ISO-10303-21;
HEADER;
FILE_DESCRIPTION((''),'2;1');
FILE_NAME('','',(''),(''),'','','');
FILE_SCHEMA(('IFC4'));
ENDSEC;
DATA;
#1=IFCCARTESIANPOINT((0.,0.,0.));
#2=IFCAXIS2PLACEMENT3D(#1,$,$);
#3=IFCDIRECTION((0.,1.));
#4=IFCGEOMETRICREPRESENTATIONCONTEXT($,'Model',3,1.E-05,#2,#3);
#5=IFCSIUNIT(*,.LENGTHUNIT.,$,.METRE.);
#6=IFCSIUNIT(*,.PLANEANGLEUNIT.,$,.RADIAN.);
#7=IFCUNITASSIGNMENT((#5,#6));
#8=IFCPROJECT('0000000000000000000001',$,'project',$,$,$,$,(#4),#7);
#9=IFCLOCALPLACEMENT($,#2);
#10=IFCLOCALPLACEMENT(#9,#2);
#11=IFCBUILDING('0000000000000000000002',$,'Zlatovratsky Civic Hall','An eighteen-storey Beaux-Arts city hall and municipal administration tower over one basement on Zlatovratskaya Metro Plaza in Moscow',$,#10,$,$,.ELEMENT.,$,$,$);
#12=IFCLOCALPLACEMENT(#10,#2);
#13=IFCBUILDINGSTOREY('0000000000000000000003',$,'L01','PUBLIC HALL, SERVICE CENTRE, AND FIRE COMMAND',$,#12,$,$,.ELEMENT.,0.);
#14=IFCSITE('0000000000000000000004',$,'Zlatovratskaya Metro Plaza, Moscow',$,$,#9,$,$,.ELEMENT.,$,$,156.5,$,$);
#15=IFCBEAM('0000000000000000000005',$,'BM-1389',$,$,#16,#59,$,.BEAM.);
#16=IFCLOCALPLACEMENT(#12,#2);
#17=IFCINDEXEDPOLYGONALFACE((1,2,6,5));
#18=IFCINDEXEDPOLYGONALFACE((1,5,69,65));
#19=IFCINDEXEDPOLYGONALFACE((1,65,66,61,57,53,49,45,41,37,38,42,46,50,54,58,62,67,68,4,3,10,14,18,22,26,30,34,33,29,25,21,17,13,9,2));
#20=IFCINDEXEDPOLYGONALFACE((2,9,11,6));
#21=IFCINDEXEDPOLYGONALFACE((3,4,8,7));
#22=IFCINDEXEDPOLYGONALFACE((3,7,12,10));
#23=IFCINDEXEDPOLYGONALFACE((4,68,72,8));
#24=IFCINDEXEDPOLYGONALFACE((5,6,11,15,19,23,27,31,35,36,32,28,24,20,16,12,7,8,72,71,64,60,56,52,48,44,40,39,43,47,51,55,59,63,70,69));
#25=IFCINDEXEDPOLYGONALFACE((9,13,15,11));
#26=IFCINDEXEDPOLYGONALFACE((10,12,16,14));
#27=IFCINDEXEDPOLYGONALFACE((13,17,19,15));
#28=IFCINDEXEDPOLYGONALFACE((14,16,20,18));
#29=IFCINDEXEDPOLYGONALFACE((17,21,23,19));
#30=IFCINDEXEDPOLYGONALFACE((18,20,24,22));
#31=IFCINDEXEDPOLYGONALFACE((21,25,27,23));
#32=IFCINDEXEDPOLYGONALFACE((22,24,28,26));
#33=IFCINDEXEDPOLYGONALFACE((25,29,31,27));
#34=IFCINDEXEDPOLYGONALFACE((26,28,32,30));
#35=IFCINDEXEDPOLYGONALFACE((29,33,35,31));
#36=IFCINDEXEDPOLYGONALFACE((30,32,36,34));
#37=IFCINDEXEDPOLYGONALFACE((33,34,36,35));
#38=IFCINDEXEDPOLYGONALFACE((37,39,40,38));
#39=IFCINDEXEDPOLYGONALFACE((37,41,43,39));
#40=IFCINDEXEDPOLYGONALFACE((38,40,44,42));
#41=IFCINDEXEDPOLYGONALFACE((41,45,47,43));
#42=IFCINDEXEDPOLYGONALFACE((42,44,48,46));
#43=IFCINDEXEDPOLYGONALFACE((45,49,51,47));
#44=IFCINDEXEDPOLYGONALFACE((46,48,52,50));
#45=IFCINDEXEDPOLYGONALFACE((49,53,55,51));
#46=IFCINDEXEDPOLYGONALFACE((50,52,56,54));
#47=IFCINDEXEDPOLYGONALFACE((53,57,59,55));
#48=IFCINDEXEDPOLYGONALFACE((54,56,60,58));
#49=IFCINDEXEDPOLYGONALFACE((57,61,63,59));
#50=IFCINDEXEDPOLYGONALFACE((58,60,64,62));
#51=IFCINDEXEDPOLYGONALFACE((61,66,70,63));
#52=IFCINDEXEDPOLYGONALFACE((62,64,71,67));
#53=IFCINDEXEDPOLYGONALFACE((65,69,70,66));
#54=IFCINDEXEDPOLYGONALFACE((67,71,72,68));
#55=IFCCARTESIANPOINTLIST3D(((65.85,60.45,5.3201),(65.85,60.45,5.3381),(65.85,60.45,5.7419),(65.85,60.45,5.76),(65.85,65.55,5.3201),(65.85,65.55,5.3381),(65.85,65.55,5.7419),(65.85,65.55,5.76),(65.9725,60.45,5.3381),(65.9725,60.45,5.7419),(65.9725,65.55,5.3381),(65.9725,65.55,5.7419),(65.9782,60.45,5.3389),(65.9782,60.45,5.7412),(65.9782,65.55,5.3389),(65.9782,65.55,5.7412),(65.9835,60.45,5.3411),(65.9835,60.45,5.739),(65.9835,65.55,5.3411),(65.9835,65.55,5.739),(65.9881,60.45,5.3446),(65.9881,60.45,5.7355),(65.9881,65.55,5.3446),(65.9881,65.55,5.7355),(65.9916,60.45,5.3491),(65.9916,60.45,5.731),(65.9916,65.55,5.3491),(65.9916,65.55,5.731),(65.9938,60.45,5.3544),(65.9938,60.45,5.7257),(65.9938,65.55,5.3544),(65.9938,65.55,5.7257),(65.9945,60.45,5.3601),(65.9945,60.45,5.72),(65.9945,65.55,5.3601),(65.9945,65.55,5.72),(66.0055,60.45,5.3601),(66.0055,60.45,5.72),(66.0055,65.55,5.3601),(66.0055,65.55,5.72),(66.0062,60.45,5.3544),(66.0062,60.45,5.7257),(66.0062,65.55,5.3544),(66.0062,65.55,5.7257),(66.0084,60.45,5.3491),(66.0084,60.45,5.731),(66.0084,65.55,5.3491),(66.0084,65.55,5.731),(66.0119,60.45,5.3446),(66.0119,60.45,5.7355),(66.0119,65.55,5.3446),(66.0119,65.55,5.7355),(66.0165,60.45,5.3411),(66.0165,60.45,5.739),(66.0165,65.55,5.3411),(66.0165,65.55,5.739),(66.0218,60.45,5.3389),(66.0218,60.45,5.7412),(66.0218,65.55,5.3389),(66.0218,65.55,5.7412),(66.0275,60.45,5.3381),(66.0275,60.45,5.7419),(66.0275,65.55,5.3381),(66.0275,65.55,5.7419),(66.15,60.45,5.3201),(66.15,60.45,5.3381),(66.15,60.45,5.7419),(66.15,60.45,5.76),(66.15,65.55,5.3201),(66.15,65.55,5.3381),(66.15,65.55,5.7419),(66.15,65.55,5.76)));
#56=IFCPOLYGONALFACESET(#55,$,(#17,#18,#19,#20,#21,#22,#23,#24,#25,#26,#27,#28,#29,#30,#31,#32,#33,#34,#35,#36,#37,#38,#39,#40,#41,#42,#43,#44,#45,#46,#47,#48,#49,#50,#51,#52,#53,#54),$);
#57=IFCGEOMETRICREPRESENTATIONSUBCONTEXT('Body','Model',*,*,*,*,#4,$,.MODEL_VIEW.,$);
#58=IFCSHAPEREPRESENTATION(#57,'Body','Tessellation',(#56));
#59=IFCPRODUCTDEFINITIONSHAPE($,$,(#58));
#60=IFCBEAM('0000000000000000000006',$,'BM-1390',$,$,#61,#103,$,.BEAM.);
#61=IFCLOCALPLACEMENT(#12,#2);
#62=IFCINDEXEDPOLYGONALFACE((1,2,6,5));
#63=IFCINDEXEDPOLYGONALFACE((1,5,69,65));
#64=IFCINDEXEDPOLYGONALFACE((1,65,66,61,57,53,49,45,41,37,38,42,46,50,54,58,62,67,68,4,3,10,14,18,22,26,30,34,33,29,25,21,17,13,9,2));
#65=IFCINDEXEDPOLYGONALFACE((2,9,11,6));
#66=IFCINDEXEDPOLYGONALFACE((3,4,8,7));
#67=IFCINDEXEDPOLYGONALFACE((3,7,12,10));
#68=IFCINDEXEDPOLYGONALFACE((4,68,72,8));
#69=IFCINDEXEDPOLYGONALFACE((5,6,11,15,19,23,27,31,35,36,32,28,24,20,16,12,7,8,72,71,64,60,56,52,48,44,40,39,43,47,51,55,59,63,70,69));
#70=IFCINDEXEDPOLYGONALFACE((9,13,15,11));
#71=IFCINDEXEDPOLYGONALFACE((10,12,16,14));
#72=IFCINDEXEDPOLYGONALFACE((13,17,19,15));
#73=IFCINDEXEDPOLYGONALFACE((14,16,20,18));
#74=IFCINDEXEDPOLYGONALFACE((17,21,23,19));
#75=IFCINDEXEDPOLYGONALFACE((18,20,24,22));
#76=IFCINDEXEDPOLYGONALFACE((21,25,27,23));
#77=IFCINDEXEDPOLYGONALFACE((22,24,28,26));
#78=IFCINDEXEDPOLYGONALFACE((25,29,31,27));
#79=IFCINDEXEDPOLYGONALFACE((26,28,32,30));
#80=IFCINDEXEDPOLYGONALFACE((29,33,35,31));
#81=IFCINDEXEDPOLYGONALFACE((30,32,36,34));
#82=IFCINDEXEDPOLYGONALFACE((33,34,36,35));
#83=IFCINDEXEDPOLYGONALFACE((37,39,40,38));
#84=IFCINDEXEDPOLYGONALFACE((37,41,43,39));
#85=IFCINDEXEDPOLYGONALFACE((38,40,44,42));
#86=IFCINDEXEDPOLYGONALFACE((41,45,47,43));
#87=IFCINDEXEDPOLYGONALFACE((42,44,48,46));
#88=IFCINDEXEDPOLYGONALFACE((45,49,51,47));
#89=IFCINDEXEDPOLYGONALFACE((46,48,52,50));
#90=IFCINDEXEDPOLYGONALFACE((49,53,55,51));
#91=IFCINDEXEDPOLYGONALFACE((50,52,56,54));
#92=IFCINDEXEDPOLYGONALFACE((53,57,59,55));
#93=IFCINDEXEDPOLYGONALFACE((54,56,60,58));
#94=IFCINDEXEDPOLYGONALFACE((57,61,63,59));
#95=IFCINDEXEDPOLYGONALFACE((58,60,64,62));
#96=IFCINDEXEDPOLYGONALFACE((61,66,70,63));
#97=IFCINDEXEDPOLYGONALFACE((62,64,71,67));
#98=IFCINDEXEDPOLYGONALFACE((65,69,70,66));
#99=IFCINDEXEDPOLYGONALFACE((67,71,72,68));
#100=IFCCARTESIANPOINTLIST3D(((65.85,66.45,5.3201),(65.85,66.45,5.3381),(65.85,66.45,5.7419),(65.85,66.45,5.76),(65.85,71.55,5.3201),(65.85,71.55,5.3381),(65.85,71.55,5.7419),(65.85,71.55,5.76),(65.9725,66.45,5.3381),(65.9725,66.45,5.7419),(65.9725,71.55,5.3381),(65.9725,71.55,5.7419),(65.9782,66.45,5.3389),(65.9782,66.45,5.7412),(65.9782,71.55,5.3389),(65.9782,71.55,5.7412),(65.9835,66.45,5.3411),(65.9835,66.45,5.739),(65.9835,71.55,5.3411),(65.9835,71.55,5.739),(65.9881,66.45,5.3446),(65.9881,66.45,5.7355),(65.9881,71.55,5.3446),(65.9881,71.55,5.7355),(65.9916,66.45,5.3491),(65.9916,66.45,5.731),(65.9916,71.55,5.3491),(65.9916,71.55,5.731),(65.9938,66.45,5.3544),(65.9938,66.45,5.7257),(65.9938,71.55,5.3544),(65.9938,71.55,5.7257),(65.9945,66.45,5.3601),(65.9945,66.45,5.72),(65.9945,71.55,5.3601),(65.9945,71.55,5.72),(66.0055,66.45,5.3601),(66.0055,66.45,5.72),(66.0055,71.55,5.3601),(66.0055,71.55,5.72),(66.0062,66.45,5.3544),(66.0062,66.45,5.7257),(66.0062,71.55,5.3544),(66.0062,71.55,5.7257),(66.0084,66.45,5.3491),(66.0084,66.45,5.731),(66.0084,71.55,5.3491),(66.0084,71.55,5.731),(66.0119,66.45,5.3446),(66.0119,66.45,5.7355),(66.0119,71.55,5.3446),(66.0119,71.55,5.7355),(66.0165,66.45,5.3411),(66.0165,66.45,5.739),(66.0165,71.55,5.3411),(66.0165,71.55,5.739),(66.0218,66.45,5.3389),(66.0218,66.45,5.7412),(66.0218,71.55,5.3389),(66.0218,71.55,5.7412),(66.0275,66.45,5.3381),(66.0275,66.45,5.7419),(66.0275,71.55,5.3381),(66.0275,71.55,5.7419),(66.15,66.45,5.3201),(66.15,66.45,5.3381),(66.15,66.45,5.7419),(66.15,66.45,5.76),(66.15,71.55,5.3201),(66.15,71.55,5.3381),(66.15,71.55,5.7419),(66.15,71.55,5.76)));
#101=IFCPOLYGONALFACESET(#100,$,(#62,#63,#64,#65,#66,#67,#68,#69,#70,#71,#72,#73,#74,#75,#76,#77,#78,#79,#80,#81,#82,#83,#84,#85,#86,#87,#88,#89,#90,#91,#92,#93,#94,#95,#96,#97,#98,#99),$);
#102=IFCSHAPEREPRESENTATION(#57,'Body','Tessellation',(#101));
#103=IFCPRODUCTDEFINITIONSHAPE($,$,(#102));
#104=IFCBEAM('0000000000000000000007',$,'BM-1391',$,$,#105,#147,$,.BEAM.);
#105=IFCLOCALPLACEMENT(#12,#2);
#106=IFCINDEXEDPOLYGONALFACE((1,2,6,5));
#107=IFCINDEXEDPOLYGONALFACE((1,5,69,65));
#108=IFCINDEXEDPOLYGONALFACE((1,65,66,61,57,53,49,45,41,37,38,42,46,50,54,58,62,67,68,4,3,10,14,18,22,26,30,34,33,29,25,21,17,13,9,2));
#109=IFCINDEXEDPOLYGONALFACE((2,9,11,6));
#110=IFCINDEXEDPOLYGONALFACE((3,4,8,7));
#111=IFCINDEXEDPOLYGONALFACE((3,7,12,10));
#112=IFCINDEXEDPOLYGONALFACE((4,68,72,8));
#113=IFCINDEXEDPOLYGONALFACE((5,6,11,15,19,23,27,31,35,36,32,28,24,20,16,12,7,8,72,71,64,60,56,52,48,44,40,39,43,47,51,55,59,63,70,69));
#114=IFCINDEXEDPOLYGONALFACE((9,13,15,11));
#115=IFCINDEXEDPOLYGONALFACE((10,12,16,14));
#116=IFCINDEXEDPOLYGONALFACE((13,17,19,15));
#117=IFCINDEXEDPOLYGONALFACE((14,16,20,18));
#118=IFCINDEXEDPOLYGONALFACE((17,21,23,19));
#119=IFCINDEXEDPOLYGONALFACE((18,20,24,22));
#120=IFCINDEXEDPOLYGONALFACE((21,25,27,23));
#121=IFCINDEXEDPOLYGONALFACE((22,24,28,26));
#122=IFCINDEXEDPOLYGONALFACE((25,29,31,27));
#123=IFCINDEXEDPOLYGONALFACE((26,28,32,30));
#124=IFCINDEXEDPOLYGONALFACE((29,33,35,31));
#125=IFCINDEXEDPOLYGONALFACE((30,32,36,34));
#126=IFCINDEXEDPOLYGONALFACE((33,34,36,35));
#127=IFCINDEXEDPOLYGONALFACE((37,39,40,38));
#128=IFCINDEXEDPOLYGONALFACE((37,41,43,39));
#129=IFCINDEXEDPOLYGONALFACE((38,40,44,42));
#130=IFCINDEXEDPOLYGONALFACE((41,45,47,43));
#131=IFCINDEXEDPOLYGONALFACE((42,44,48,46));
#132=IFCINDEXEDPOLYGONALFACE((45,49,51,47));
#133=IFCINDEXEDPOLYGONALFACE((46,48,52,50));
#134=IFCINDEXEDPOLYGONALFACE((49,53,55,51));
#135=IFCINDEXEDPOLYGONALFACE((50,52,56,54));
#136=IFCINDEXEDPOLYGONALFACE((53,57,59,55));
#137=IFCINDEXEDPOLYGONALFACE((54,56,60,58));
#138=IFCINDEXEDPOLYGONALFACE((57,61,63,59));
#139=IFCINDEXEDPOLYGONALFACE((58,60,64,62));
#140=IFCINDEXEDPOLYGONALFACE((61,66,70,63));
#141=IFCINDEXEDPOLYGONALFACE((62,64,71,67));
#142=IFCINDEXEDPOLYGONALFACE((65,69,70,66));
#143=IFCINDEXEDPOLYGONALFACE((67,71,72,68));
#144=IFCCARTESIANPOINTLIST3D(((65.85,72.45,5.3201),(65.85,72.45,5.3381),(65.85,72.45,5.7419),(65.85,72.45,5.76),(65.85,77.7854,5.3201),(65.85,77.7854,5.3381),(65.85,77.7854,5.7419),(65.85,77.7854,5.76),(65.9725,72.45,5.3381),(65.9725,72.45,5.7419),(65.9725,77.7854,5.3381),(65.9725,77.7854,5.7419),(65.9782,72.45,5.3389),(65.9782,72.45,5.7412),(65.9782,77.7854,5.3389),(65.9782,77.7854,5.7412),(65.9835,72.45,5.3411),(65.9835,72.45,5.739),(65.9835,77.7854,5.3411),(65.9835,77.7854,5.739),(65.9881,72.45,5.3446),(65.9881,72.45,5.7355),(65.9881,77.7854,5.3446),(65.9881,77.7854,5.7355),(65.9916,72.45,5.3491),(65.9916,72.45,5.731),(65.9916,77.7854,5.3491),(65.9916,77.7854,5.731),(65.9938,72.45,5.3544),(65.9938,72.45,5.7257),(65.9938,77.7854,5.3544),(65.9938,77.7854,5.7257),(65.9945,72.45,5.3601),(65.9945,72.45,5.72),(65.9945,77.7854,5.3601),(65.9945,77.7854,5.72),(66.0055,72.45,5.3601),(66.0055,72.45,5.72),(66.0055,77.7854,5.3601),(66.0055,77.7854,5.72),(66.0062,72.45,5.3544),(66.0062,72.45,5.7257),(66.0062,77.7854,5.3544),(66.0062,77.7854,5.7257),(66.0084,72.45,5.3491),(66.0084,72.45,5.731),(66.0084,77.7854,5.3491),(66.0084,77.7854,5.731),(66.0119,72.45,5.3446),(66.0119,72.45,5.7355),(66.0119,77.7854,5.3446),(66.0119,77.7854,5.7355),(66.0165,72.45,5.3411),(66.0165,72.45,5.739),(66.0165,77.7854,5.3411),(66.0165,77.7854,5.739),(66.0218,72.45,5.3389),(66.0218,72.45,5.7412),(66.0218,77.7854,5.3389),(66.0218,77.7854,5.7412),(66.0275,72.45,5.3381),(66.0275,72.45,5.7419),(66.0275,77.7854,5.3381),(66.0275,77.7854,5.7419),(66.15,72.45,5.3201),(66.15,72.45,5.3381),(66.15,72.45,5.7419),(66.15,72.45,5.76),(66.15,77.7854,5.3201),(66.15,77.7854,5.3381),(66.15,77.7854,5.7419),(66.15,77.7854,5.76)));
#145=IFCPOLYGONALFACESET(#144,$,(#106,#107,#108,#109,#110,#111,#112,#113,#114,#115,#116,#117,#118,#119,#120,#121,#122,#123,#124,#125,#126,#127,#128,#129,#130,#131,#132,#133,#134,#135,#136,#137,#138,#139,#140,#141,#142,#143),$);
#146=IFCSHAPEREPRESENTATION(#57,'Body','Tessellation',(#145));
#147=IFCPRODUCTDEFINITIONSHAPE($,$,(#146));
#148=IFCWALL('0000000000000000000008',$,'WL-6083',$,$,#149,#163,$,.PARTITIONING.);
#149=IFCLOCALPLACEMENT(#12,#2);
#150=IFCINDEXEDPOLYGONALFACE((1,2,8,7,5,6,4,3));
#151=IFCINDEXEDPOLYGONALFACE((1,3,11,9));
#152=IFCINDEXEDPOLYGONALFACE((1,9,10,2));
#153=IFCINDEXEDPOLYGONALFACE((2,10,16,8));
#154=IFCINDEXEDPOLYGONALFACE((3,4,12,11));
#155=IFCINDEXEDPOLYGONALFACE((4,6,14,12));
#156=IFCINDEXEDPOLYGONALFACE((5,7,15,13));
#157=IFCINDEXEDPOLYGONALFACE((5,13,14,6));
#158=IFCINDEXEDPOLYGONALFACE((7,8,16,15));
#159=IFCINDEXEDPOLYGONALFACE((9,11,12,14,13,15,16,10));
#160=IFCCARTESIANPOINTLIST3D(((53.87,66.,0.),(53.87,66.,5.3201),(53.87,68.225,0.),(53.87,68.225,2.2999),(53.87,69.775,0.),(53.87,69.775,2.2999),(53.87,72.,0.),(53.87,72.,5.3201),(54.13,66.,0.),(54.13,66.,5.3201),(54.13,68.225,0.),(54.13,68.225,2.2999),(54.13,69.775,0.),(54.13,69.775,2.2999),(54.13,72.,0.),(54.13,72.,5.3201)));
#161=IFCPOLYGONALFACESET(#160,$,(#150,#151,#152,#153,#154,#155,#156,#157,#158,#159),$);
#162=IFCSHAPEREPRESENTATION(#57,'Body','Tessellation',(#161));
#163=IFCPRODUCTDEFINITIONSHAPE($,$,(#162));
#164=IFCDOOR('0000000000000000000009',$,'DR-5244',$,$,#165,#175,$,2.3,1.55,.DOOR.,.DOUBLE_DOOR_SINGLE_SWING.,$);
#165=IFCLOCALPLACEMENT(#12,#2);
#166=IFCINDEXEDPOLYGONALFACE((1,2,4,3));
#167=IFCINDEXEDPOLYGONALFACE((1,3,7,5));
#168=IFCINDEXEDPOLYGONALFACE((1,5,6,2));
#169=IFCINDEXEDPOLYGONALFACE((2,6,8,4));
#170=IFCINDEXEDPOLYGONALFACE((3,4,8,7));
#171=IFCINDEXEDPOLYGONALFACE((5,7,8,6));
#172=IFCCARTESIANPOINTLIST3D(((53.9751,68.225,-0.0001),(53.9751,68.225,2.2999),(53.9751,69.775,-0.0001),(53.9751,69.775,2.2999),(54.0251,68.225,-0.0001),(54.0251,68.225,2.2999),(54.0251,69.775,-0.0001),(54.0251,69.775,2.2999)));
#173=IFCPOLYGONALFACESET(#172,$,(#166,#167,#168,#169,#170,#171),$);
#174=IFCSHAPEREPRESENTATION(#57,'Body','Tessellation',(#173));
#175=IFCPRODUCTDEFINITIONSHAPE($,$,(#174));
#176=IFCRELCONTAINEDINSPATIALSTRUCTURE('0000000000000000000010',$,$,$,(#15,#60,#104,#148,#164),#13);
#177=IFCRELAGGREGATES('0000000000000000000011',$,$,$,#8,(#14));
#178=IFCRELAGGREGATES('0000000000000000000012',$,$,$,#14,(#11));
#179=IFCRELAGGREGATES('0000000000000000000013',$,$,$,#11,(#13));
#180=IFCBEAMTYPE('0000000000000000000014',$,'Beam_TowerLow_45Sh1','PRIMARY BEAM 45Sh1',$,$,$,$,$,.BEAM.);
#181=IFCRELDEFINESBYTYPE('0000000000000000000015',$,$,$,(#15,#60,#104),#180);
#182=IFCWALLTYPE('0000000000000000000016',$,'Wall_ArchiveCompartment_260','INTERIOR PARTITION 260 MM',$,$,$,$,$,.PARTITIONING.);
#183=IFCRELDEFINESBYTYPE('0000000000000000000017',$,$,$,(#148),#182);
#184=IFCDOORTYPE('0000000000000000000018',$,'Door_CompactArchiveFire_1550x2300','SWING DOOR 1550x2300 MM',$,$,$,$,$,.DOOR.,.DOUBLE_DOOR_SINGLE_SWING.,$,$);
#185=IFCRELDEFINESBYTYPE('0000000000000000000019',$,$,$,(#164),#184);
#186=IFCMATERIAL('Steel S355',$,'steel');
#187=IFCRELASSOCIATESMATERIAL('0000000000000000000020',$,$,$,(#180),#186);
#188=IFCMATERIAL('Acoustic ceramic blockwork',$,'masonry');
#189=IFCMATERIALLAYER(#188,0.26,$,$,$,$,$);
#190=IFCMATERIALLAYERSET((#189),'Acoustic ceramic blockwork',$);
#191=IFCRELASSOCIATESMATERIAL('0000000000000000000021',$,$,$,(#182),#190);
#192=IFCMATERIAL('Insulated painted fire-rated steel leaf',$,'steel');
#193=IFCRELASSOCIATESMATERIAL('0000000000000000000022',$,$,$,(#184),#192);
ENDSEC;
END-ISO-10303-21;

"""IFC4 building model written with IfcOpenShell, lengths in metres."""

from ifc_helpers import new_model, si_unit, direction, frame, frame_2d, origin, origin_2d, place, context, subcontext, project, spatial, rectangle, i_section, extrude, material, layer, layer_set, material_profile, profile_set, type_object, element, fill, save


model = new_model("IFC4")

# Units and contexts
model_context = context("Model", 3, precision=1e-05, world=origin(), true_north=direction((0.0, 1.0)))
body_context = subcontext(model_context, "Body", "Model", "MODEL_VIEW")
ifc_project = project(units=[si_unit("LENGTHUNIT", "METRE"), si_unit("PLANEANGLEUNIT", "RADIAN")], contexts=[model_context])

# Site, building, storey
site_placement = place(None, origin())
site = spatial("IfcSite", under=ifc_project, at=site_placement, Name="Zlatovratskaya Metro Plaza, Moscow", CompositionType="ELEMENT", RefElevation=156.5)
building_placement = place(site_placement, origin())
building = spatial("IfcBuilding", under=site, at=building_placement, Name="Zlatovratsky Civic Hall", Description="An eighteen-storey Beaux-Arts city hall and municipal administration tower over one basement on Zlatovratskaya Metro Plaza in Moscow", CompositionType="ELEMENT")
storey_placement = place(building_placement, origin())
storey = spatial("IfcBuildingStorey", under=building, at=storey_placement, Name="L01", Description="PUBLIC HALL, SERVICE CENTRE, AND FIRE COMMAND", CompositionType="ELEMENT", Elevation=0.0)

# Shared definitions
ifc_material_1 = material(Name="Steel S355", Category="steel")

# Beams
ifc_material_profile_1 = material_profile(ifc_material_1, i_section(OverallWidth=0.3, OverallDepth=0.4399, WebThickness=0.011, FlangeThickness=0.0181, FilletRadius=0.022, at=origin_2d()), Name="45Sh1")
ifc_profile_set_1 = profile_set([ifc_material_profile_1], Name="Steel S355")
beam_type = type_object("IfcBeamType", Name="Beam_TowerLow_45Sh1", Description="PRIMARY BEAM 45Sh1", PredefinedType="BEAM", material=ifc_profile_set_1)
for number, where, z_axis, x_axis, name in (
    (1, (66.0, 60.45, 5.54), (0.0, 1.0, 0.0), (-1.0, 0.0, 0.0), "BM-1389"),
    (2, (66.0, 66.45, 5.54), (0.0, 1.0, 0.0), (-1.0, 0.0, 0.0), "BM-1390"),
):
    element("IfcBeam", number, at=place(storey_placement, frame(where, z_axis=z_axis, x_axis=x_axis)), inside=storey, type_object=beam_type, Name=name, PredefinedType="BEAM", context=body_context, shape_type="SweptSolid", body=[
        extrude(i_section(OverallWidth=0.3, OverallDepth=0.4399, WebThickness=0.011, FlangeThickness=0.0181, FilletRadius=0.022, at=origin_2d()), origin(), (0.0, 0.0, 1.0), 5.1001),
    ])
beam_1_placement = place(storey_placement, frame((66.0, 72.45, 5.54), z_axis=(0.0, 1.0, 0.0), x_axis=(-1.0, 0.0, 0.0)))
element("IfcBeam", 3, at=beam_1_placement, inside=storey, type_object=beam_type, Name="BM-1391", PredefinedType="BEAM", context=body_context, shape_type="SweptSolid", body=[
    extrude(i_section(OverallWidth=0.3, OverallDepth=0.4399, WebThickness=0.011, FlangeThickness=0.0181, FilletRadius=0.022, at=origin_2d()), origin(), (0.0, 0.0, 1.0), 5.3354),
])

# Wall, opening, door
ifc_material_2 = material(Name="Acoustic ceramic blockwork", Category="masonry")
ifc_layer = layer(ifc_material_2, 0.26)
ifc_layer_set = layer_set([ifc_layer], Name="Acoustic ceramic blockwork")
wall_type = type_object("IfcWallType", Name="Wall_ArchiveCompartment_260", Description="INTERIOR PARTITION 260 MM", PredefinedType="PARTITIONING", material=ifc_layer_set)
wall_placement = place(storey_placement, frame((54.0, 66.0, 0.0), z_axis=(0.0, 0.0, 1.0), x_axis=(0.0, 1.0, 0.0)))
wall = element("IfcWall", 4, at=wall_placement, inside=storey, type_object=wall_type, Name="WL-6083", PredefinedType="PARTITIONING", context=body_context, shape_type="SweptSolid", body=[
    extrude(rectangle(XDim=6.0, YDim=0.26, at=frame_2d((3.0, 0.0))), origin(), (0.0, 0.0, 1.0), 5.3201),
])
opening_placement = place(wall_placement, frame((2.2251, 0.0, 0.0)))
opening = element("IfcOpeningElement", 5, at=opening_placement, cuts=wall, PredefinedType="OPENING", context=body_context, shape_type="SweptSolid", body=[
    extrude(rectangle(XDim=1.55, YDim=2.3, at=frame_2d((0.7749, 1.1499))), frame((0.0, 0.145, 0.0), z_axis=(0.0, -1.0, 0.0), x_axis=(1.0, 0.0, 0.0)), (0.0, 0.0, 1.0), 0.2898),
])
ifc_material_3 = material(Name="Insulated painted fire-rated steel leaf", Category="steel")
door_type = type_object("IfcDoorType", Name="Door_CompactArchiveFire_1550x2300", Description="SWING DOOR 1550x2300 MM", OperationType="DOUBLE_DOOR_SINGLE_SWING", PredefinedType="DOOR", material=ifc_material_3)
door_placement = place(opening_placement, origin())
door = element("IfcDoor", 6, at=door_placement, inside=storey, type_object=door_type, Name="DR-5244", OperationType="DOUBLE_DOOR_SINGLE_SWING", OverallHeight=2.3, OverallWidth=1.55, PredefinedType="DOOR", context=body_context, shape_type="SweptSolid", body=[
    extrude(rectangle(XDim=1.55, YDim=2.3, at=frame_2d((0.7749, 1.1499))), frame((0.0, 0.0249, 0.0), z_axis=(0.0, -1.0, 0.0), x_axis=(1.0, 0.0, 0.0)), (0.0, 0.0, 1.0), 0.05),
])
fill(opening, door)

save(model, "model.ifc")
